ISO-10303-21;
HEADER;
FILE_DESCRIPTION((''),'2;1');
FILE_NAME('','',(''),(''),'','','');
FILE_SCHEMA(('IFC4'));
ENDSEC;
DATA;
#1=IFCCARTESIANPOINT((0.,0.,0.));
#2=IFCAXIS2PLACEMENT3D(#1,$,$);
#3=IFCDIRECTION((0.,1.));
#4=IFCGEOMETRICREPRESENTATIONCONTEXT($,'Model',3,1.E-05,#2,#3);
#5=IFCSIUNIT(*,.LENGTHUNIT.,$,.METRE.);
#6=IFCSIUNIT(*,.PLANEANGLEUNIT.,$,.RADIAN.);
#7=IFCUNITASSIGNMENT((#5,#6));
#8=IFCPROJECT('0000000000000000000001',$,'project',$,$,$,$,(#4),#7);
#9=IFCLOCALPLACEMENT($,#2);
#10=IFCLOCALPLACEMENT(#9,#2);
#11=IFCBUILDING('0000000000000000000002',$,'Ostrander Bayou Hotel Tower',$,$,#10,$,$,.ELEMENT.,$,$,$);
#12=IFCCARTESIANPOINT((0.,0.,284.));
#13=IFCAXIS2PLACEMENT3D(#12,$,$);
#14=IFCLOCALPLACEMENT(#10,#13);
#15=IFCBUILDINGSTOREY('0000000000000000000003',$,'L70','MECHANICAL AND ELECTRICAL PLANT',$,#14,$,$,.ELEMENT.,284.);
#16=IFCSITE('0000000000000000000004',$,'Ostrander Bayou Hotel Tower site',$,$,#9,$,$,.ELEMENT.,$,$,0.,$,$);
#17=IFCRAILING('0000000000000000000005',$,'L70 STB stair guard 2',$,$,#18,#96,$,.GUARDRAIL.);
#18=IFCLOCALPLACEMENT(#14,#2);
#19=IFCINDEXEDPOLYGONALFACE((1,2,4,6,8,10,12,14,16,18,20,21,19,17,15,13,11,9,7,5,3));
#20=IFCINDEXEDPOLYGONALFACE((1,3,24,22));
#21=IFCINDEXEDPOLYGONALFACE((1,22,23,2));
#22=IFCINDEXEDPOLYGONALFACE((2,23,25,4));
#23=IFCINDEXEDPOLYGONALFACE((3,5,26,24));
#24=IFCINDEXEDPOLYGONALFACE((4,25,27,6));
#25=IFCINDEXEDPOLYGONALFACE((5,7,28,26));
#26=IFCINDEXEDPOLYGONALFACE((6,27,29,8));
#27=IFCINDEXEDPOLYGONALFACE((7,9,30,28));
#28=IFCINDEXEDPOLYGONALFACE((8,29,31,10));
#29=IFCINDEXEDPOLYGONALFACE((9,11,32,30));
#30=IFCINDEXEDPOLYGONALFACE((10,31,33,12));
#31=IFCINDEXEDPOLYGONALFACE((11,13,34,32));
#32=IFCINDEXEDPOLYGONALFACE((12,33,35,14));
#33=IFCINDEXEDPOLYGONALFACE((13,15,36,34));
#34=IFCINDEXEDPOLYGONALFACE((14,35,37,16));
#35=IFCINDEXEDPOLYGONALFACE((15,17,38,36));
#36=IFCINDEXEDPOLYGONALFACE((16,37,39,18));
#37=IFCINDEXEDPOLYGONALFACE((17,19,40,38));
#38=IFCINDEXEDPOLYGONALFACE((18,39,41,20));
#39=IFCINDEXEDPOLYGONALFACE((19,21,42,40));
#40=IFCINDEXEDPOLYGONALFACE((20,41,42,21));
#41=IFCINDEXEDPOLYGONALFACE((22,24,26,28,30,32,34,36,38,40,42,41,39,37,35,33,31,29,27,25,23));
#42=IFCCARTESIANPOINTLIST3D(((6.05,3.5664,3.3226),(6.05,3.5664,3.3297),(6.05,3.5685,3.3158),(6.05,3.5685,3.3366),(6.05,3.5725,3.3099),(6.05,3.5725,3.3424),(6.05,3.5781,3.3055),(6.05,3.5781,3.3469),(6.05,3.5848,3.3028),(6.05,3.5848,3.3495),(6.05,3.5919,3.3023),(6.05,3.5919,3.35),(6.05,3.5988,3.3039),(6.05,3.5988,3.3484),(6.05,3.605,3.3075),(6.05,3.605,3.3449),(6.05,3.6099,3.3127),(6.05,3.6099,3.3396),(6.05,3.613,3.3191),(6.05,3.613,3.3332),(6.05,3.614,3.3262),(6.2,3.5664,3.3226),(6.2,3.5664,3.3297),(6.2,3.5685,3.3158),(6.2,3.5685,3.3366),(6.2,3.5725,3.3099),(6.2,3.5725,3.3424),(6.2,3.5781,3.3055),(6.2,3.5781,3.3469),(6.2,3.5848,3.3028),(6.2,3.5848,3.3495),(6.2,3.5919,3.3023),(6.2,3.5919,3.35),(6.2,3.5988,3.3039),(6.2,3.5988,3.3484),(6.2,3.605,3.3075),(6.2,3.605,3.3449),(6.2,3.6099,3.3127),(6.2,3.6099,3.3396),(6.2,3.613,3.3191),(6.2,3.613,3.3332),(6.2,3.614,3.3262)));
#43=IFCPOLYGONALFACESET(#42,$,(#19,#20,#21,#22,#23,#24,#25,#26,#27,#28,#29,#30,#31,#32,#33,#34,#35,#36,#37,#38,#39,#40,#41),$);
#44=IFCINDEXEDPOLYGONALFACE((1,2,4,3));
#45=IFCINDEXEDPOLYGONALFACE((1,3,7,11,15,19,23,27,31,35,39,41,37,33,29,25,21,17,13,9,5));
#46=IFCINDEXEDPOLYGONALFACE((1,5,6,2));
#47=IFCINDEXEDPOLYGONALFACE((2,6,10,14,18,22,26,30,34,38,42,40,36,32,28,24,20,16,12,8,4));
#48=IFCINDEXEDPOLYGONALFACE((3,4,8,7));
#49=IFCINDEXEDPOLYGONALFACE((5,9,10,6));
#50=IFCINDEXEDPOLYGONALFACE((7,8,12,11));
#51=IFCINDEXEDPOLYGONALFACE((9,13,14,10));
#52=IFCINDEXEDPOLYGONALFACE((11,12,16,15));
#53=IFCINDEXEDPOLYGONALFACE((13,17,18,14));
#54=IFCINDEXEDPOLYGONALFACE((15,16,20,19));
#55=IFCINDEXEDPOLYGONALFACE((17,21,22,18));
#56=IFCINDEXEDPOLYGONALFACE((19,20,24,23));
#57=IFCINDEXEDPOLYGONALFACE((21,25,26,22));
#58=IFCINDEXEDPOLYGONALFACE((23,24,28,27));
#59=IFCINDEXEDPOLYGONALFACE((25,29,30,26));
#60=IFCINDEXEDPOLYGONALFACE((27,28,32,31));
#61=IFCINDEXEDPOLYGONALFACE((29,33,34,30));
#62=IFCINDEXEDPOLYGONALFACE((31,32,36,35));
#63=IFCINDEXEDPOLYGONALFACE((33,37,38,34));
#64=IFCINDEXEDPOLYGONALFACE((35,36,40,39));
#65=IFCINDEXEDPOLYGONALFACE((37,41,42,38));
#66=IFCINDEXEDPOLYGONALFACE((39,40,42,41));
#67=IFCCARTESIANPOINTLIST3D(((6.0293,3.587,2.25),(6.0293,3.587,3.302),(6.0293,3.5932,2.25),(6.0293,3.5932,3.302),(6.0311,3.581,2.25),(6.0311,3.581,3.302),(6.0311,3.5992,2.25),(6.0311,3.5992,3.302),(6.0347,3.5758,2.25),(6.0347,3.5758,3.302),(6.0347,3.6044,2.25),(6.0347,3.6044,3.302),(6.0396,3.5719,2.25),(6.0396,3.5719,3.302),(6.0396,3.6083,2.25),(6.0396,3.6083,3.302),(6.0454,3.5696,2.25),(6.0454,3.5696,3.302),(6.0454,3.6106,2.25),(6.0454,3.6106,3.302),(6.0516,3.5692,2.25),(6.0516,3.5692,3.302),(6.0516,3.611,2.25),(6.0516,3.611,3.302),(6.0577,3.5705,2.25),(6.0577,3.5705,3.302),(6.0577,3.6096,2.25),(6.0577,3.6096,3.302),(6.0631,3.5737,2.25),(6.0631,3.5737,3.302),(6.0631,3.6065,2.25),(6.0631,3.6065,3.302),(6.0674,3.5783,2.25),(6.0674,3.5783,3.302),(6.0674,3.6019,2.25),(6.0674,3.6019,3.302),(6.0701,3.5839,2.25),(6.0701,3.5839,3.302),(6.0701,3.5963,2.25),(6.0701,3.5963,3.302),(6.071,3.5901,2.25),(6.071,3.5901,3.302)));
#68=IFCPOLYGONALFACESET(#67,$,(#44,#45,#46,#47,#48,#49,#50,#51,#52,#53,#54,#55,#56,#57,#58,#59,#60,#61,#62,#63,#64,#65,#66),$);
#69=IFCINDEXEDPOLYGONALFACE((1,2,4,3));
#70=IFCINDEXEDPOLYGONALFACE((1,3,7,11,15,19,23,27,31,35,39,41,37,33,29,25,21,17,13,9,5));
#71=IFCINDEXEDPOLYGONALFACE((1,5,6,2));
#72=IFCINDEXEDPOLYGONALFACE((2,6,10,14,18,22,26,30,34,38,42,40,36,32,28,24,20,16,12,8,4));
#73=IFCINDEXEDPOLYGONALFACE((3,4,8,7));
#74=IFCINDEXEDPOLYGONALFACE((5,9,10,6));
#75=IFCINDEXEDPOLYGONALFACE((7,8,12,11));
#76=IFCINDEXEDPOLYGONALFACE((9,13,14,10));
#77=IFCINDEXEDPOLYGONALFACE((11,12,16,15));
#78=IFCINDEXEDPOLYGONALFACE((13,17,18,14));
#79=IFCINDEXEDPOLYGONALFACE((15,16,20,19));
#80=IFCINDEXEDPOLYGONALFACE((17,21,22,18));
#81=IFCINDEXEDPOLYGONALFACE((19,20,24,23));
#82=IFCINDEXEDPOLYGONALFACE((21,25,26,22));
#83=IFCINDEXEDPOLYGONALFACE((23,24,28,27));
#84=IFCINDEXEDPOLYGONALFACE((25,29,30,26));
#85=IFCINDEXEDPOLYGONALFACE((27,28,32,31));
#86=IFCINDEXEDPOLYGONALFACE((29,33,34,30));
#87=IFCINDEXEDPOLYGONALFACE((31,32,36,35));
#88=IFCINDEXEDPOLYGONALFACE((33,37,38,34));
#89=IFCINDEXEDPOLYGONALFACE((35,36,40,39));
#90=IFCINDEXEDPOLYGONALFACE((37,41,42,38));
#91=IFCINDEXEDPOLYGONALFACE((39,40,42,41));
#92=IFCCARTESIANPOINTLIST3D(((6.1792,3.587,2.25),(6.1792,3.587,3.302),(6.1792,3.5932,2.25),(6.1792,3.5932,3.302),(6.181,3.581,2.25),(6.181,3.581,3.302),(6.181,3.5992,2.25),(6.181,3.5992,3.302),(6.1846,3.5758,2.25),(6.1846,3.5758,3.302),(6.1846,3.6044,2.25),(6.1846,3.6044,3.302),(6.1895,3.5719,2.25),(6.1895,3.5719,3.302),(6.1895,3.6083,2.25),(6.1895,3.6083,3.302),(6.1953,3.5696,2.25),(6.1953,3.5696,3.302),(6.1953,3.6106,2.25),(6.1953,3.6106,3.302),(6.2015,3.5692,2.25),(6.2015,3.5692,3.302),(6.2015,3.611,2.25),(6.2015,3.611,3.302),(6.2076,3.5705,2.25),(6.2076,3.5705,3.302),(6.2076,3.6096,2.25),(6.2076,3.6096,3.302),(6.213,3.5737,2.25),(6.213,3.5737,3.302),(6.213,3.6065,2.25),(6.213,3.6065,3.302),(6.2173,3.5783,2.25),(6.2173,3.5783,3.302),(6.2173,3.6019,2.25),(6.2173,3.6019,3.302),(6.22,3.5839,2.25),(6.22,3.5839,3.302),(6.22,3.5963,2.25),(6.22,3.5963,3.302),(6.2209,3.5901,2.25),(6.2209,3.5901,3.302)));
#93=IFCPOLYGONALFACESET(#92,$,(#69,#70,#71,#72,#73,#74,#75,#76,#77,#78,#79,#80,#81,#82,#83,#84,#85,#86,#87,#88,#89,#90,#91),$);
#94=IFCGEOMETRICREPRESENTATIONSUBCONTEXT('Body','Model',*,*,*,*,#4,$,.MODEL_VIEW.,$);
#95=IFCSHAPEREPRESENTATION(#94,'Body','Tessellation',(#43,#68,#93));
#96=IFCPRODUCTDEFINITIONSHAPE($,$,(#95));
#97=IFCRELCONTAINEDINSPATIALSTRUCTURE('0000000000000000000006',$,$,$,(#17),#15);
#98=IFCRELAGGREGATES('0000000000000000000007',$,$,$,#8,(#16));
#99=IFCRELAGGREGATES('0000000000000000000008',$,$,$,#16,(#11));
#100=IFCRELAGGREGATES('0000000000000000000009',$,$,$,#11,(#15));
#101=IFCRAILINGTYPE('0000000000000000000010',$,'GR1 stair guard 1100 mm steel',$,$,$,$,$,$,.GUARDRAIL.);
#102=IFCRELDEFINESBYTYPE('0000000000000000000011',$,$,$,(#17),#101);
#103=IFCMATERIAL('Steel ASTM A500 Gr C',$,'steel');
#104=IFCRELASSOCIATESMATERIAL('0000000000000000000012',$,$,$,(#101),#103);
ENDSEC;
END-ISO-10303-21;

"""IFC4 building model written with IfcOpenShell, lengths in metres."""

from ifc_helpers import new_model, si_unit, direction, frame, origin, origin_2d, place, context, subcontext, project, spatial, circle, extrude, material, type_object, element, save


model = new_model("IFC4")

# Units and contexts
model_context = context("Model", 3, precision=1e-05, world=origin(), true_north=direction((0.0, 1.0)))
body_context = subcontext(model_context, "Body", "Model", "MODEL_VIEW")
ifc_project = project(units=[si_unit("LENGTHUNIT", "METRE"), si_unit("PLANEANGLEUNIT", "RADIAN")], contexts=[model_context])

# Site, building, storey
site_placement = place(None, origin())
site = spatial("IfcSite", under=ifc_project, at=site_placement, Name="Ostrander Bayou Hotel Tower site", CompositionType="ELEMENT", RefElevation=0.0)
building_placement = place(site_placement, origin())
building = spatial("IfcBuilding", under=site, at=building_placement, Name="Ostrander Bayou Hotel Tower", CompositionType="ELEMENT")
storey_placement = place(building_placement, frame((0.0, 0.0, 284.0)))
storey = spatial("IfcBuildingStorey", under=building, at=storey_placement, Name="L70", Description="MECHANICAL AND ELECTRICAL PLANT", CompositionType="ELEMENT", Elevation=284.0)

# Railing
ifc_material_1 = material(Name="Steel ASTM A500 Gr C", Category="steel")
railing_type_1 = type_object("IfcRailingType", Name="GR1 stair guard 1100 mm steel", PredefinedType="GUARDRAIL", material=ifc_material_1)
railing_1_placement = place(storey_placement, frame((6.05, 3.5901, 2.25)))
element("IfcRailing", 1, at=railing_1_placement, inside=storey, type_object=railing_type_1, Name="L70 STB stair guard 2", PredefinedType="GUARDRAIL", context=body_context, shape_type="SweptSolid", body=[
    extrude(circle(Radius=0.0239, at=origin_2d()), frame((0.0, 0.0, 1.0762), z_axis=(1.0, 0.0, 0.0), x_axis=(0.0, 1.0, 0.0)), (0.0, 0.0, 1.0), 0.1499),
    extrude(circle(Radius=0.021, at=origin_2d()), origin(), (0.0, 0.0, 1.0), 1.052),
    extrude(circle(Radius=0.021, at=origin_2d()), frame((0.1499, 0.0, 0.0)), (0.0, 0.0, 1.0), 1.052),
])

save(model, "model.ifc")
